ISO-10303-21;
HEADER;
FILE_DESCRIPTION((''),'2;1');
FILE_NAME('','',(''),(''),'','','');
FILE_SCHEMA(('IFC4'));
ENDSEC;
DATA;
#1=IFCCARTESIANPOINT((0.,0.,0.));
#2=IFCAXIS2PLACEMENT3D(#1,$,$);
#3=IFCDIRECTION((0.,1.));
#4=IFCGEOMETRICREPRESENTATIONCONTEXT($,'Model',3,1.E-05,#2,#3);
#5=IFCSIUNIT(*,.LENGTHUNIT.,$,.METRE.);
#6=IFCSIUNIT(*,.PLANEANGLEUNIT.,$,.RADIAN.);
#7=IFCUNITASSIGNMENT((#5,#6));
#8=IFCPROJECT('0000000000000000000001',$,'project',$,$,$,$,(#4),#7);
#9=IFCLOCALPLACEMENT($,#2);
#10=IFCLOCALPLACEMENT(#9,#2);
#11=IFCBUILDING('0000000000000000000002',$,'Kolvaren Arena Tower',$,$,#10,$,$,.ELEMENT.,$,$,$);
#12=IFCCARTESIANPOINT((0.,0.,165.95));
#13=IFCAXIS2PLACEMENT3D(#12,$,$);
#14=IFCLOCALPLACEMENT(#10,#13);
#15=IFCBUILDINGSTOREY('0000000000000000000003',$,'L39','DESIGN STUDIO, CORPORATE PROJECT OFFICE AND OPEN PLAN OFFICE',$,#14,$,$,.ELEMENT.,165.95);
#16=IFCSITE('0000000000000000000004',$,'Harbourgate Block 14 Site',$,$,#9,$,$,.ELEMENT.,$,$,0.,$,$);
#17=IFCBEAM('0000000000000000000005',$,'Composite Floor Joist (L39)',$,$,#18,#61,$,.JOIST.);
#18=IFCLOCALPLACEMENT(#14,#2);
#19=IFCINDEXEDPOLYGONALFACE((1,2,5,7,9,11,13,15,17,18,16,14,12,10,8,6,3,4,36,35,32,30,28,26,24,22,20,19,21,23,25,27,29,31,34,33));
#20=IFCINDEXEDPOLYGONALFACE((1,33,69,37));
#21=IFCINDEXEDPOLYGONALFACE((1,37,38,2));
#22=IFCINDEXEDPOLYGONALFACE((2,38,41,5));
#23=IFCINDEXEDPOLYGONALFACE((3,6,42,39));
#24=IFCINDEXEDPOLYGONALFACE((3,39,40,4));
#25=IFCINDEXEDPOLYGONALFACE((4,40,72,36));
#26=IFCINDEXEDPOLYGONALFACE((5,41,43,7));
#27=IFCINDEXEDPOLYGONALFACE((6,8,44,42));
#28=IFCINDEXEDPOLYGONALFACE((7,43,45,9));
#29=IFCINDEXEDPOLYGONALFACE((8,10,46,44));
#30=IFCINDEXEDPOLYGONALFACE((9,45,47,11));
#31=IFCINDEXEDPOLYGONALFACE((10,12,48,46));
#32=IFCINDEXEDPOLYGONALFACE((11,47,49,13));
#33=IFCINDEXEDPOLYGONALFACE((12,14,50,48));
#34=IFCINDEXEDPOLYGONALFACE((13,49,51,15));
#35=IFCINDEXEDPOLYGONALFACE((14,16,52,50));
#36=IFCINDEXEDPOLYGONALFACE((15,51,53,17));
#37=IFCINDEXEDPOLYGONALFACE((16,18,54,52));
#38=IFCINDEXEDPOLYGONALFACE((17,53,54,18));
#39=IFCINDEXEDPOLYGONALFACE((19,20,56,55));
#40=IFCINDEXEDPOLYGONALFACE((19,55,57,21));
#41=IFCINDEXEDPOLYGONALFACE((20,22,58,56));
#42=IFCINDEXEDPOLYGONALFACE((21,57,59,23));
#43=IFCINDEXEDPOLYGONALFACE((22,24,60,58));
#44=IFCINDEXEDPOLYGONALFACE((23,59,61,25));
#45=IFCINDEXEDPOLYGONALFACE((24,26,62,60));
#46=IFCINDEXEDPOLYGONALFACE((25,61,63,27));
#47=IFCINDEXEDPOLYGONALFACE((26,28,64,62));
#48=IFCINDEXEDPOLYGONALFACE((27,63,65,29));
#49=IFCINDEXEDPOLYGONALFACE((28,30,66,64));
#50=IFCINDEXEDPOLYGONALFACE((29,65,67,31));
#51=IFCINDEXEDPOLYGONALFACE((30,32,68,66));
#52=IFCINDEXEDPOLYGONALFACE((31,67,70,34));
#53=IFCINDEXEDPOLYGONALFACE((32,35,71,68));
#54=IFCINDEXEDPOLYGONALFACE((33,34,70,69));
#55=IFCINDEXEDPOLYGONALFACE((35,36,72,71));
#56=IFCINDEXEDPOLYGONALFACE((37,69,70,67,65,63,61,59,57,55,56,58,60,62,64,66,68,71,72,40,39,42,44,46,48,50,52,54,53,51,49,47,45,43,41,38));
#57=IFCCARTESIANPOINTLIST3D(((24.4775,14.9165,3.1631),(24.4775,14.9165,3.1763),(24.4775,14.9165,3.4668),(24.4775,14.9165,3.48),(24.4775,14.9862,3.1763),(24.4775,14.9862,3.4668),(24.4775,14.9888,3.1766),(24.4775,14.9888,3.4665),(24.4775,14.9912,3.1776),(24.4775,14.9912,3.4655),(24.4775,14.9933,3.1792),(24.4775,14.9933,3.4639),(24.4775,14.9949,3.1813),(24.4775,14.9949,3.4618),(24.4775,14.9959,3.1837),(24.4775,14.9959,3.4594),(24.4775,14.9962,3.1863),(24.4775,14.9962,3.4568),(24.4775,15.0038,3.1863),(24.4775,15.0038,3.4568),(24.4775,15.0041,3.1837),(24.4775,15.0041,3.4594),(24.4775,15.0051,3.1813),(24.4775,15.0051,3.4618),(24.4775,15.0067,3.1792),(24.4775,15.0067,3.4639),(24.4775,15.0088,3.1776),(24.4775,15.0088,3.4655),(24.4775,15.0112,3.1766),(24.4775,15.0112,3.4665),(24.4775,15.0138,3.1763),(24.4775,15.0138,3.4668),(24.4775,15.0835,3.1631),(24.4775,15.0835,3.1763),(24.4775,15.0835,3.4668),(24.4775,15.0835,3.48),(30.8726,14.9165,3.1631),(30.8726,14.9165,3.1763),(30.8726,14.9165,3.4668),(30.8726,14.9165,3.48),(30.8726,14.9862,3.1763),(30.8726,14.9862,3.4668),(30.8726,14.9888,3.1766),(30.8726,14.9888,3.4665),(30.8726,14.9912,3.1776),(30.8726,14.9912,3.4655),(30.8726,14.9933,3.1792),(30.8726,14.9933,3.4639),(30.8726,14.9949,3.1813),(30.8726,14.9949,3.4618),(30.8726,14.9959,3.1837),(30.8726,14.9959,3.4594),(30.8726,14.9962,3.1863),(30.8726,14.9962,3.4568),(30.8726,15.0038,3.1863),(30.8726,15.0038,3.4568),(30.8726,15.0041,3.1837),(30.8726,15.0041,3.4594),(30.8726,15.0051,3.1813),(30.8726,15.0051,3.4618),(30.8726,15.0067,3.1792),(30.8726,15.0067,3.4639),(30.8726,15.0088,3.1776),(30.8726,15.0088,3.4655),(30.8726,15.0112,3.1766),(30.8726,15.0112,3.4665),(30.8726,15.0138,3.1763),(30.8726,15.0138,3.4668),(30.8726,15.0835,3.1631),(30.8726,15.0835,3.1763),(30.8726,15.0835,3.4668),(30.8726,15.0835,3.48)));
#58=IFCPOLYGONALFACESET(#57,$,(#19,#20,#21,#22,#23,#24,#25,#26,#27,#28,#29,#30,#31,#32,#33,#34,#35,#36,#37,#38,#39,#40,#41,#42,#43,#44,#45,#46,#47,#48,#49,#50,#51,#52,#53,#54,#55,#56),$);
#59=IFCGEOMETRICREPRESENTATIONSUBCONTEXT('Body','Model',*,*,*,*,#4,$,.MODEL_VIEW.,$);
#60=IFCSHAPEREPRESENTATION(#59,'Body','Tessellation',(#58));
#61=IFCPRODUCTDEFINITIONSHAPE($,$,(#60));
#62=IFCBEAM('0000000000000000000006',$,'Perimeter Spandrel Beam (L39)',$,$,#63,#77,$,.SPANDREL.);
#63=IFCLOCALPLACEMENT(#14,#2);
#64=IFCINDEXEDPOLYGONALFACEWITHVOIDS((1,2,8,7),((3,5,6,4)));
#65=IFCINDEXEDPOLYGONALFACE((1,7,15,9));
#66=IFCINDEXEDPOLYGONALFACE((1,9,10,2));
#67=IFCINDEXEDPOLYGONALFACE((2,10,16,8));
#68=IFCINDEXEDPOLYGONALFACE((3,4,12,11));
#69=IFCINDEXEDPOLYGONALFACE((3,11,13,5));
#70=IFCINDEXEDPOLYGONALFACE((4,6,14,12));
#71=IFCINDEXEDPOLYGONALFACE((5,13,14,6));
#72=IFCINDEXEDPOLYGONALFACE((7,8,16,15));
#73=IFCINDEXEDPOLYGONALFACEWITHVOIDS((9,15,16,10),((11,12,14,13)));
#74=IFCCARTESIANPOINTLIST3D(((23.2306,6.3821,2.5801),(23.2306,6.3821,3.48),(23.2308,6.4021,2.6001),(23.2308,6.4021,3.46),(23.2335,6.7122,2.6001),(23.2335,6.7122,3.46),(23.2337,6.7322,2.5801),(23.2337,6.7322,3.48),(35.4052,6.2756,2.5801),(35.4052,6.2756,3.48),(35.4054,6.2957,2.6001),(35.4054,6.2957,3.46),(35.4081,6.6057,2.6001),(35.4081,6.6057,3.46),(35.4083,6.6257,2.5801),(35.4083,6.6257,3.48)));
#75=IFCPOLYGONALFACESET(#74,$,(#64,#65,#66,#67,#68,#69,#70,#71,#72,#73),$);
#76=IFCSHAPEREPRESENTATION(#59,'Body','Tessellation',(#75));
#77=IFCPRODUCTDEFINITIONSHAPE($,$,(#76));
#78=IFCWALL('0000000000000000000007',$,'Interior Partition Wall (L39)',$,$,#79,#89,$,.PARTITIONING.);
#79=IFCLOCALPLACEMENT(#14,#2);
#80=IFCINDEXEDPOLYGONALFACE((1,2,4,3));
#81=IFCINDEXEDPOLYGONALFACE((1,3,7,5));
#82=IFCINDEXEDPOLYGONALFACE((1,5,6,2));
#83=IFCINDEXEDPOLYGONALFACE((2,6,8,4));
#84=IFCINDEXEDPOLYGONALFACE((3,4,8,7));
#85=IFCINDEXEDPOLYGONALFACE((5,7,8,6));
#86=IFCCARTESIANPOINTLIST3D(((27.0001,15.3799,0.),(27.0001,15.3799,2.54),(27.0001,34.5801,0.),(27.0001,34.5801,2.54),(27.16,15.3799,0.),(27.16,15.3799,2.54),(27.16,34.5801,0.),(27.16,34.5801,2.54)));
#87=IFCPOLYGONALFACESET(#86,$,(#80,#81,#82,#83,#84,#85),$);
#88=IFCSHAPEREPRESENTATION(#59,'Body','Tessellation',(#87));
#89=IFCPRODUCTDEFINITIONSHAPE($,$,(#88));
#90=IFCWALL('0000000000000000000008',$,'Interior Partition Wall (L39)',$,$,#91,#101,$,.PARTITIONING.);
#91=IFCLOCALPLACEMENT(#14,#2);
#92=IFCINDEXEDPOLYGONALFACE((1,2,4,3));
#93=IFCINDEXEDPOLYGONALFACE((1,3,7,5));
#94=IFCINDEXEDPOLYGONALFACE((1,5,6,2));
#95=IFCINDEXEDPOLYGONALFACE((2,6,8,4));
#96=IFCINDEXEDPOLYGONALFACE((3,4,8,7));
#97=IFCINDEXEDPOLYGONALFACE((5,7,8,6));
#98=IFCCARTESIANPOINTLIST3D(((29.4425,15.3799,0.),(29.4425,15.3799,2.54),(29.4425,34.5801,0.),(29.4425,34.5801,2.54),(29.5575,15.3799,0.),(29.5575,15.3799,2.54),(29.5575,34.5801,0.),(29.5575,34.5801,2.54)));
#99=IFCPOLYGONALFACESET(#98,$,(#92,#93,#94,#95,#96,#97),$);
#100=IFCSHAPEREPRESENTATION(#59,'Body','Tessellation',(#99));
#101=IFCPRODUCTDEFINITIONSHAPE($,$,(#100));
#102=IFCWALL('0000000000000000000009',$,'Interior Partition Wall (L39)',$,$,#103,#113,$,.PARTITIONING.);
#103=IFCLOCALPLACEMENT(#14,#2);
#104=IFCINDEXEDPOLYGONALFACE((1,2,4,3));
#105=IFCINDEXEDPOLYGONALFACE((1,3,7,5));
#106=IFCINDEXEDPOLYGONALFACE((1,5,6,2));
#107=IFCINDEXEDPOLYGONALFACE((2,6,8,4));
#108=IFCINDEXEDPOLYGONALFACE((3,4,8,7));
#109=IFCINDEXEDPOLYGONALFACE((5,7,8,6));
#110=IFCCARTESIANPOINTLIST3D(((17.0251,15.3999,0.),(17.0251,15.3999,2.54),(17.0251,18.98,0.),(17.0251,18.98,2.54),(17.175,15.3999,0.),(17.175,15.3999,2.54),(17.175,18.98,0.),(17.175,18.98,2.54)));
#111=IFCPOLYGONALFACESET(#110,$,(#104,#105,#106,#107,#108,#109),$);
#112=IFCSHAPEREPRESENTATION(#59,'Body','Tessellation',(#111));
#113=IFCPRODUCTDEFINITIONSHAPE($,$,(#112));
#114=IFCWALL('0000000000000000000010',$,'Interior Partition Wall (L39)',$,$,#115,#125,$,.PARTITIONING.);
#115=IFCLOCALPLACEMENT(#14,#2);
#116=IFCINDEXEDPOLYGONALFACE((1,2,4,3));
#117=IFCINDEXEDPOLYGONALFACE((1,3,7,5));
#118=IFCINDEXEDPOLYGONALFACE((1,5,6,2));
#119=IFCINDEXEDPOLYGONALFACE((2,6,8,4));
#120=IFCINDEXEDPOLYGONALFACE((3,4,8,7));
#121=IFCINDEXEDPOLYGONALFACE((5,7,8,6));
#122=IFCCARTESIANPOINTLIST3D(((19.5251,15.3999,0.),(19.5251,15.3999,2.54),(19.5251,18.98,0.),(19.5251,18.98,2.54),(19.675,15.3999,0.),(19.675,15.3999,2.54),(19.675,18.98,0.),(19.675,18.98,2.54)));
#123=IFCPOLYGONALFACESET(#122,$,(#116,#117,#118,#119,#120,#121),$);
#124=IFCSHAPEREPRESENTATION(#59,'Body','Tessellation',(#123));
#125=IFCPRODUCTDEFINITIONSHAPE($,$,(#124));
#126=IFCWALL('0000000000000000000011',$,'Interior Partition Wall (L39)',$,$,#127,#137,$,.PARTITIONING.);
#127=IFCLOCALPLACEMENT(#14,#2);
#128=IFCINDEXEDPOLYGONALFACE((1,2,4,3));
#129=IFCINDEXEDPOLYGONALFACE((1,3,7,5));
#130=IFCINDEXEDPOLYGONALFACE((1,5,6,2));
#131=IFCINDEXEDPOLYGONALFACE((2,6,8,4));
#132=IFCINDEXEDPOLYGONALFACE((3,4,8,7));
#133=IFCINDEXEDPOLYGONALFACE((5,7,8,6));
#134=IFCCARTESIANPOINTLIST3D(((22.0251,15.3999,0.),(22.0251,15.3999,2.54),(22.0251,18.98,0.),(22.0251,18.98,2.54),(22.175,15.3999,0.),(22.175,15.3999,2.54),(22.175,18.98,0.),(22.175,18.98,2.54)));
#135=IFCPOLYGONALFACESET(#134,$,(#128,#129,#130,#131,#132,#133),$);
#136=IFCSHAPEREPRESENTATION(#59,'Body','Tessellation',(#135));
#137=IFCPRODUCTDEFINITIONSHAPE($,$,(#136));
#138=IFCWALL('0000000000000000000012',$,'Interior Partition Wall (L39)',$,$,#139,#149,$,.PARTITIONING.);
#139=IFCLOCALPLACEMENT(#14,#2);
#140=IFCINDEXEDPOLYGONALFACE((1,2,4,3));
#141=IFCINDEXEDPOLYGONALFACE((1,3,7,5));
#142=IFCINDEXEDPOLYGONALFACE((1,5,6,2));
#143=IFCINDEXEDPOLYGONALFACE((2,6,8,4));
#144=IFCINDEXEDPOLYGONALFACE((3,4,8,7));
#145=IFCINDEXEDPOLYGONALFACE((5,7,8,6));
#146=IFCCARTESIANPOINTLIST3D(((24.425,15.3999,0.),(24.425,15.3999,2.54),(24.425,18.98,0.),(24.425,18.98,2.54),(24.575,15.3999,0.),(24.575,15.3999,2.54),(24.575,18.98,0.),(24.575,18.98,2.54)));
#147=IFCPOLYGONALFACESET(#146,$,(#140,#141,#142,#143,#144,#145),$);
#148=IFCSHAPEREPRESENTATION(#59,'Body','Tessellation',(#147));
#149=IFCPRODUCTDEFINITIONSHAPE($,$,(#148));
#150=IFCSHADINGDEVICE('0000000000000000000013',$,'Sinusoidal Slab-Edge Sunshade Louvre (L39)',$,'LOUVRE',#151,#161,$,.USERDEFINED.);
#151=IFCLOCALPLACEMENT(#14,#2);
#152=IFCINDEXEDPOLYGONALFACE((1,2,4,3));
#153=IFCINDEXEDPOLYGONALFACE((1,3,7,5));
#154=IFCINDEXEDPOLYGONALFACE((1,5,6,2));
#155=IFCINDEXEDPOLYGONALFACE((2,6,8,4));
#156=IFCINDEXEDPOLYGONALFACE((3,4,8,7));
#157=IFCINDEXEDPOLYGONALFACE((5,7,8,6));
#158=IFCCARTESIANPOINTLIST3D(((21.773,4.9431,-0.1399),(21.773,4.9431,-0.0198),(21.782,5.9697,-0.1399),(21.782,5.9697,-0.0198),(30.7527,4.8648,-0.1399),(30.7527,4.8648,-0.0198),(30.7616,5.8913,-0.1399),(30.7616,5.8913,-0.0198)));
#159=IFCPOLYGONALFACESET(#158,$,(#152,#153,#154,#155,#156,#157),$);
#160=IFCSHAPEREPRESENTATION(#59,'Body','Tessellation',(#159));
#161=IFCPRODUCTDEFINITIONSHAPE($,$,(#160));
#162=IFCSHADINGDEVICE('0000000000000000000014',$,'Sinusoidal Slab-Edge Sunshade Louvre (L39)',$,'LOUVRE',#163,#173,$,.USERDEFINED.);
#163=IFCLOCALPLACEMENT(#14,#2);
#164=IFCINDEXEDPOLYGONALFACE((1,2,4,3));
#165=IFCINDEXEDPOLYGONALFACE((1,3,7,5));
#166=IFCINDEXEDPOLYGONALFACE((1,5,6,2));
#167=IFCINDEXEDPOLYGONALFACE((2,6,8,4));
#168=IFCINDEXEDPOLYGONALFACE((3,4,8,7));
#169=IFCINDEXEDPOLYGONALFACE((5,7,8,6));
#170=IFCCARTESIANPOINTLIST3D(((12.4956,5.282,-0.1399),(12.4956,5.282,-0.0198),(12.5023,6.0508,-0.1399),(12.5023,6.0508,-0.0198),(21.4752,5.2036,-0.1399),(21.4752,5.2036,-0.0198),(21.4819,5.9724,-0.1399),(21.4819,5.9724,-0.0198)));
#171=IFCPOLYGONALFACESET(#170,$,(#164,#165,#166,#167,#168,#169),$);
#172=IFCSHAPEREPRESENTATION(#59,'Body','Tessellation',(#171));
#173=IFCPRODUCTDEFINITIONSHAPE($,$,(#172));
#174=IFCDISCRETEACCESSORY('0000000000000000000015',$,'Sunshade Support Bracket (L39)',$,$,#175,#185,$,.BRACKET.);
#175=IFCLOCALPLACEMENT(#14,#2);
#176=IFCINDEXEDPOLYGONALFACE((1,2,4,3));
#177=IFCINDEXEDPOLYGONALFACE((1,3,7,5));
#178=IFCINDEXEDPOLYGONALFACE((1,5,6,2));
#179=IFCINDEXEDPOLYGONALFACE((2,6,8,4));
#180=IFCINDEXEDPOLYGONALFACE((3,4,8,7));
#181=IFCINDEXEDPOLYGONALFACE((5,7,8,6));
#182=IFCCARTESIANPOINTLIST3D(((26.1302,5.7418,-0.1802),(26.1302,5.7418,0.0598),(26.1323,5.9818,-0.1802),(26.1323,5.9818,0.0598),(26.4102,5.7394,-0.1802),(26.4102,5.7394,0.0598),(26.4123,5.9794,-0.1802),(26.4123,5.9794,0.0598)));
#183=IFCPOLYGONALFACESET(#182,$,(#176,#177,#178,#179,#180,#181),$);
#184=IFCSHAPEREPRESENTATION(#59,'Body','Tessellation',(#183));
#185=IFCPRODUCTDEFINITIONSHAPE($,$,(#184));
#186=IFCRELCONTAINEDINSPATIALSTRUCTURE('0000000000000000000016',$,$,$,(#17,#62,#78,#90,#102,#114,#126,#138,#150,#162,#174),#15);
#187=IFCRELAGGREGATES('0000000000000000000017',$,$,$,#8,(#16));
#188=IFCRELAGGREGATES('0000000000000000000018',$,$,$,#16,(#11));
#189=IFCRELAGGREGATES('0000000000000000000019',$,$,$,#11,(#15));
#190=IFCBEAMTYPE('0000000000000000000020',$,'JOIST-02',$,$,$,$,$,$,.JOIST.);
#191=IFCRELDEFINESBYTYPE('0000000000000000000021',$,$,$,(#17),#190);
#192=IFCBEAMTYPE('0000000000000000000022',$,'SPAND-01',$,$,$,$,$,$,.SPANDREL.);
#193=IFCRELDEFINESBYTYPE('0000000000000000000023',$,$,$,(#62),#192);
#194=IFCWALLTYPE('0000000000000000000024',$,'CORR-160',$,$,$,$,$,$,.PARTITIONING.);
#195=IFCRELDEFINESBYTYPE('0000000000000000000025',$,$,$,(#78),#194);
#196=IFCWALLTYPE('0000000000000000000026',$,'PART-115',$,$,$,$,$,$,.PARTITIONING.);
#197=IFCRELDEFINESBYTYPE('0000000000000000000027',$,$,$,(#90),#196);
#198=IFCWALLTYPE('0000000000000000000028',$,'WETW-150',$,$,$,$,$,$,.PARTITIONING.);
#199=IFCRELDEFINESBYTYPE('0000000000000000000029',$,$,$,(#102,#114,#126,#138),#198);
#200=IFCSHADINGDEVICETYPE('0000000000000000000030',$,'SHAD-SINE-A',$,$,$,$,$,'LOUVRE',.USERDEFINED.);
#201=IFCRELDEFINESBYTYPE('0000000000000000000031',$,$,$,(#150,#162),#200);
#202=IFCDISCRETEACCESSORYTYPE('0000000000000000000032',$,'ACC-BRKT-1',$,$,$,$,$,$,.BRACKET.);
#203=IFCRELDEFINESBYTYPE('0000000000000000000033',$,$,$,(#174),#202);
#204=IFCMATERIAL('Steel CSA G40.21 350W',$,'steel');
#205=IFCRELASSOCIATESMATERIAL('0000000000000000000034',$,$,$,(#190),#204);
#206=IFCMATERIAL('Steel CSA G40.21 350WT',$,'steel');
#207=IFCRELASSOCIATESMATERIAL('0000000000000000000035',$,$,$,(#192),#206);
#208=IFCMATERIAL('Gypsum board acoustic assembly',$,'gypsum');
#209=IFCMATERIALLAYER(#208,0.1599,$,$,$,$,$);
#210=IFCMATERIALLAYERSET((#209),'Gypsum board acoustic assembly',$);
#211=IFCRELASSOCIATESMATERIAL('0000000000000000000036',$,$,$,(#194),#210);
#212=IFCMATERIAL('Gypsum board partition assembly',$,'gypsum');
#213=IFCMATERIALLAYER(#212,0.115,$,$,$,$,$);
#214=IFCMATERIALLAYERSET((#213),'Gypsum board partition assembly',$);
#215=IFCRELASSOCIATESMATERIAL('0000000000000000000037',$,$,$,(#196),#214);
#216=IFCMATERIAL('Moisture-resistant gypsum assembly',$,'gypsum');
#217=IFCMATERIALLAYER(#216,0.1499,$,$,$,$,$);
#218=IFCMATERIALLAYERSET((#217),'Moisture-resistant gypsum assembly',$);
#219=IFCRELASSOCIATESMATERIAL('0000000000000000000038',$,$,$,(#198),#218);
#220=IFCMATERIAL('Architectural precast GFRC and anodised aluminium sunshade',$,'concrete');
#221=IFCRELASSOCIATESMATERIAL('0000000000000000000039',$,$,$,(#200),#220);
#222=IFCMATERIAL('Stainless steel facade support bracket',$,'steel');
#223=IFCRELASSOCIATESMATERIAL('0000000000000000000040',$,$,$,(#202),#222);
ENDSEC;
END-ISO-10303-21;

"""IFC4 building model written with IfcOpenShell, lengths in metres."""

from ifc_helpers import new_model, si_unit, direction, frame, frame_2d, origin, origin_2d, place, context, subcontext, project, spatial, rectangle, hollow_rectangle, i_section, extrude, material, layer, layer_set, material_profile, profile_set, type_object, element, save


model = new_model("IFC4")

# Units and contexts
model_context = context("Model", 3, precision=1e-05, world=origin(), true_north=direction((0.0, 1.0)))
body_context = subcontext(model_context, "Body", "Model", "MODEL_VIEW")
ifc_project = project(units=[si_unit("LENGTHUNIT", "METRE"), si_unit("PLANEANGLEUNIT", "RADIAN")], contexts=[model_context])

# Site, building, storey
site_placement = place(None, origin())
site = spatial("IfcSite", under=ifc_project, at=site_placement, Name="Harbourgate Block 14 Site", CompositionType="ELEMENT", RefElevation=0.0)
building_placement = place(site_placement, origin())
building = spatial("IfcBuilding", under=site, at=building_placement, Name="Kolvaren Arena Tower", CompositionType="ELEMENT")
storey_placement = place(building_placement, frame((0.0, 0.0, 165.95)))
storey = spatial("IfcBuildingStorey", under=building, at=storey_placement, Name="L39", Description="DESIGN STUDIO, CORPORATE PROJECT OFFICE AND OPEN PLAN OFFICE", CompositionType="ELEMENT", Elevation=165.95)

# Beams
ifc_material_1 = material(Name="Steel CSA G40.21 350W", Category="steel")
ifc_material_profile_1 = material_profile(ifc_material_1, i_section(OverallWidth=0.167, OverallDepth=0.3169, WebThickness=0.0076, FlangeThickness=0.0132, FilletRadius=0.01, at=origin_2d()), Name="W310x52")
ifc_profile_set_1 = profile_set([ifc_material_profile_1], Name="Steel CSA G40.21 350W")
beam_type_1 = type_object("IfcBeamType", Name="JOIST-02", PredefinedType="JOIST", material=ifc_profile_set_1)
beam_1_placement = place(storey_placement, frame((24.4775, 15.0, 3.3215), z_axis=(1.0, 0.0, 0.0), x_axis=(0.0, 1.0, 0.0)))
element("IfcBeam", 1, at=beam_1_placement, inside=storey, type_object=beam_type_1, Name="Composite Floor Joist (L39)", PredefinedType="JOIST", context=body_context, shape_type="SweptSolid", body=[
    extrude(i_section(OverallWidth=0.167, OverallDepth=0.3169, WebThickness=0.0076, FlangeThickness=0.0132, FilletRadius=0.01, at=origin_2d()), origin(), (0.0, 0.0, 1.0), 6.395),
])
ifc_material_2 = material(Name="Steel CSA G40.21 350WT", Category="steel")
ifc_material_profile_2 = material_profile(ifc_material_2, hollow_rectangle(XDim=0.3501, YDim=0.8999, WallThickness=0.02, at=origin_2d()), Name="HSS 900x350x20")
ifc_profile_set_2 = profile_set([ifc_material_profile_2], Name="Steel CSA G40.21 350WT")
beam_type_2 = type_object("IfcBeamType", Name="SPAND-01", PredefinedType="SPANDREL", material=ifc_profile_set_2)
beam_2_placement = place(storey_placement, frame((23.2322, 6.5571, 3.03), z_axis=(0.999962, -0.008743, 0.0), x_axis=(0.008743, 0.999962, 0.0)))
element("IfcBeam", 2, at=beam_2_placement, inside=storey, type_object=beam_type_2, Name="Perimeter Spandrel Beam (L39)", PredefinedType="SPANDREL", context=body_context, shape_type="SweptSolid", body=[
    extrude(hollow_rectangle(XDim=0.3501, YDim=0.8999, WallThickness=0.02, at=origin_2d()), origin(), (0.0, 0.0, 1.0), 12.175),
])

# Shared definitions
ifc_material_3 = material(Name="Gypsum board acoustic assembly", Category="gypsum")
ifc_layer_1 = layer(ifc_material_3, 0.1599)
ifc_layer_set_1 = layer_set([ifc_layer_1], Name="Gypsum board acoustic assembly")
wall_type_1 = type_object("IfcWallType", Name="CORR-160", PredefinedType="PARTITIONING", material=ifc_layer_set_1)

# Walls
wall_1_placement = place(storey_placement, frame((27.0801, 15.3799, 0.0), z_axis=(0.0, 0.0, 1.0), x_axis=(0.0, 1.0, 0.0)))
element("IfcWall", 3, at=wall_1_placement, inside=storey, type_object=wall_type_1, Name="Interior Partition Wall (L39)", PredefinedType="PARTITIONING", context=body_context, shape_type="SweptSolid", body=[
    extrude(rectangle(XDim=19.2002, YDim=0.1599, at=frame_2d((9.6001, 0.0))), origin(), (0.0, 0.0, 1.0), 2.54),
])
ifc_material_4 = material(Name="Gypsum board partition assembly", Category="gypsum")
ifc_layer_2 = layer(ifc_material_4, 0.115)
ifc_layer_set_2 = layer_set([ifc_layer_2], Name="Gypsum board partition assembly")
wall_type_2 = type_object("IfcWallType", Name="PART-115", PredefinedType="PARTITIONING", material=ifc_layer_set_2)
wall_2_placement = place(storey_placement, frame((29.5, 15.3799, 0.0), z_axis=(0.0, 0.0, 1.0), x_axis=(0.0, 1.0, 0.0)))
element("IfcWall", 4, at=wall_2_placement, inside=storey, type_object=wall_type_2, Name="Interior Partition Wall (L39)", PredefinedType="PARTITIONING", context=body_context, shape_type="SweptSolid", body=[
    extrude(rectangle(XDim=19.2002, YDim=0.115, at=frame_2d((9.6001, 0.0))), origin(), (0.0, 0.0, 1.0), 2.54),
])
ifc_material_5 = material(Name="Moisture-resistant gypsum assembly", Category="gypsum")
ifc_layer_3 = layer(ifc_material_5, 0.1499)
ifc_layer_set_3 = layer_set([ifc_layer_3], Name="Moisture-resistant gypsum assembly")
wall_type_3 = type_object("IfcWallType", Name="WETW-150", PredefinedType="PARTITIONING", material=ifc_layer_set_3)
for number, where, z_axis, x_axis, name in (
    (5, (17.1001, 15.3999, 0.0), (0.0, 0.0, 1.0), (0.0, 1.0, 0.0), "Interior Partition Wall (L39)"),
    (6, (19.6001, 15.3999, 0.0), (0.0, 0.0, 1.0), (0.0, 1.0, 0.0), "Interior Partition Wall (L39)"),
    (7, (22.1001, 15.3999, 0.0), (0.0, 0.0, 1.0), (0.0, 1.0, 0.0), "Interior Partition Wall (L39)"),
    (8, (24.5, 15.3999, 0.0), (0.0, 0.0, 1.0), (0.0, 1.0, 0.0), "Interior Partition Wall (L39)"),
):
    element("IfcWall", number, at=place(storey_placement, frame(where, z_axis=z_axis, x_axis=x_axis)), inside=storey, type_object=wall_type_3, Name=name, PredefinedType="PARTITIONING", context=body_context, shape_type="SweptSolid", body=[
        extrude(rectangle(XDim=3.5801, YDim=0.1499, at=frame_2d((1.79, 0.0))), origin(), (0.0, 0.0, 1.0), 2.54),
    ])

# Shading devices
ifc_material_6 = material(Name="Architectural precast GFRC and anodised aluminium sunshade", Category="concrete")
shading_device_type = type_object("IfcShadingDeviceType", Name="SHAD-SINE-A", ElementType="LOUVRE", PredefinedType="USERDEFINED", material=ifc_material_6)
shading_device_1_placement = place(storey_placement, frame((26.2673, 5.4172, -0.1399), z_axis=(0.0, 0.0, 1.0), x_axis=(-0.999962, 0.008727, 0.0)))
element("IfcShadingDevice", 9, at=shading_device_1_placement, inside=storey, type_object=shading_device_type, Name="Sinusoidal Slab-Edge Sunshade Louvre (L39)", ObjectType="LOUVRE", PredefinedType="USERDEFINED", context=body_context, shape_type="SweptSolid", body=[
    extrude(rectangle(XDim=8.98, YDim=1.0266, at=origin_2d()), origin(), (0.0, 0.0, 1.0), 0.1201),
])
shading_device_2_placement = place(storey_placement, frame((16.9888, 5.6272, -0.1399), z_axis=(0.0, 0.0, 1.0), x_axis=(-0.999962, 0.008727, 0.0)))
element("IfcShadingDevice", 10, at=shading_device_2_placement, inside=storey, type_object=shading_device_type, Name="Sinusoidal Slab-Edge Sunshade Louvre (L39)", ObjectType="LOUVRE", PredefinedType="USERDEFINED", context=body_context, shape_type="SweptSolid", body=[
    extrude(rectangle(XDim=8.98, YDim=0.7688, at=origin_2d()), origin(), (0.0, 0.0, 1.0), 0.1201),
])

# Discrete accessory
ifc_material_7 = material(Name="Stainless steel facade support bracket", Category="steel")
discrete_accessory_type = type_object("IfcDiscreteAccessoryType", Name="ACC-BRKT-1", PredefinedType="BRACKET", material=ifc_material_7)
for number, where, z_axis, x_axis, name in (
    (11, (26.2712, 5.8606, -0.1802), (0.0, 0.0, 1.0), (-0.999962, 0.008727, 0.0), "Sunshade Support Bracket (L39)"),
):
    element("IfcDiscreteAccessory", number, at=place(storey_placement, frame(where, z_axis=z_axis, x_axis=x_axis)), inside=storey, type_object=discrete_accessory_type, Name=name, PredefinedType="BRACKET", context=body_context, shape_type="SweptSolid", body=[
        extrude(rectangle(XDim=0.28, YDim=0.24, at=origin_2d()), origin(), (0.0, 0.0, 1.0), 0.24),
    ])

save(model, "model.ifc")
